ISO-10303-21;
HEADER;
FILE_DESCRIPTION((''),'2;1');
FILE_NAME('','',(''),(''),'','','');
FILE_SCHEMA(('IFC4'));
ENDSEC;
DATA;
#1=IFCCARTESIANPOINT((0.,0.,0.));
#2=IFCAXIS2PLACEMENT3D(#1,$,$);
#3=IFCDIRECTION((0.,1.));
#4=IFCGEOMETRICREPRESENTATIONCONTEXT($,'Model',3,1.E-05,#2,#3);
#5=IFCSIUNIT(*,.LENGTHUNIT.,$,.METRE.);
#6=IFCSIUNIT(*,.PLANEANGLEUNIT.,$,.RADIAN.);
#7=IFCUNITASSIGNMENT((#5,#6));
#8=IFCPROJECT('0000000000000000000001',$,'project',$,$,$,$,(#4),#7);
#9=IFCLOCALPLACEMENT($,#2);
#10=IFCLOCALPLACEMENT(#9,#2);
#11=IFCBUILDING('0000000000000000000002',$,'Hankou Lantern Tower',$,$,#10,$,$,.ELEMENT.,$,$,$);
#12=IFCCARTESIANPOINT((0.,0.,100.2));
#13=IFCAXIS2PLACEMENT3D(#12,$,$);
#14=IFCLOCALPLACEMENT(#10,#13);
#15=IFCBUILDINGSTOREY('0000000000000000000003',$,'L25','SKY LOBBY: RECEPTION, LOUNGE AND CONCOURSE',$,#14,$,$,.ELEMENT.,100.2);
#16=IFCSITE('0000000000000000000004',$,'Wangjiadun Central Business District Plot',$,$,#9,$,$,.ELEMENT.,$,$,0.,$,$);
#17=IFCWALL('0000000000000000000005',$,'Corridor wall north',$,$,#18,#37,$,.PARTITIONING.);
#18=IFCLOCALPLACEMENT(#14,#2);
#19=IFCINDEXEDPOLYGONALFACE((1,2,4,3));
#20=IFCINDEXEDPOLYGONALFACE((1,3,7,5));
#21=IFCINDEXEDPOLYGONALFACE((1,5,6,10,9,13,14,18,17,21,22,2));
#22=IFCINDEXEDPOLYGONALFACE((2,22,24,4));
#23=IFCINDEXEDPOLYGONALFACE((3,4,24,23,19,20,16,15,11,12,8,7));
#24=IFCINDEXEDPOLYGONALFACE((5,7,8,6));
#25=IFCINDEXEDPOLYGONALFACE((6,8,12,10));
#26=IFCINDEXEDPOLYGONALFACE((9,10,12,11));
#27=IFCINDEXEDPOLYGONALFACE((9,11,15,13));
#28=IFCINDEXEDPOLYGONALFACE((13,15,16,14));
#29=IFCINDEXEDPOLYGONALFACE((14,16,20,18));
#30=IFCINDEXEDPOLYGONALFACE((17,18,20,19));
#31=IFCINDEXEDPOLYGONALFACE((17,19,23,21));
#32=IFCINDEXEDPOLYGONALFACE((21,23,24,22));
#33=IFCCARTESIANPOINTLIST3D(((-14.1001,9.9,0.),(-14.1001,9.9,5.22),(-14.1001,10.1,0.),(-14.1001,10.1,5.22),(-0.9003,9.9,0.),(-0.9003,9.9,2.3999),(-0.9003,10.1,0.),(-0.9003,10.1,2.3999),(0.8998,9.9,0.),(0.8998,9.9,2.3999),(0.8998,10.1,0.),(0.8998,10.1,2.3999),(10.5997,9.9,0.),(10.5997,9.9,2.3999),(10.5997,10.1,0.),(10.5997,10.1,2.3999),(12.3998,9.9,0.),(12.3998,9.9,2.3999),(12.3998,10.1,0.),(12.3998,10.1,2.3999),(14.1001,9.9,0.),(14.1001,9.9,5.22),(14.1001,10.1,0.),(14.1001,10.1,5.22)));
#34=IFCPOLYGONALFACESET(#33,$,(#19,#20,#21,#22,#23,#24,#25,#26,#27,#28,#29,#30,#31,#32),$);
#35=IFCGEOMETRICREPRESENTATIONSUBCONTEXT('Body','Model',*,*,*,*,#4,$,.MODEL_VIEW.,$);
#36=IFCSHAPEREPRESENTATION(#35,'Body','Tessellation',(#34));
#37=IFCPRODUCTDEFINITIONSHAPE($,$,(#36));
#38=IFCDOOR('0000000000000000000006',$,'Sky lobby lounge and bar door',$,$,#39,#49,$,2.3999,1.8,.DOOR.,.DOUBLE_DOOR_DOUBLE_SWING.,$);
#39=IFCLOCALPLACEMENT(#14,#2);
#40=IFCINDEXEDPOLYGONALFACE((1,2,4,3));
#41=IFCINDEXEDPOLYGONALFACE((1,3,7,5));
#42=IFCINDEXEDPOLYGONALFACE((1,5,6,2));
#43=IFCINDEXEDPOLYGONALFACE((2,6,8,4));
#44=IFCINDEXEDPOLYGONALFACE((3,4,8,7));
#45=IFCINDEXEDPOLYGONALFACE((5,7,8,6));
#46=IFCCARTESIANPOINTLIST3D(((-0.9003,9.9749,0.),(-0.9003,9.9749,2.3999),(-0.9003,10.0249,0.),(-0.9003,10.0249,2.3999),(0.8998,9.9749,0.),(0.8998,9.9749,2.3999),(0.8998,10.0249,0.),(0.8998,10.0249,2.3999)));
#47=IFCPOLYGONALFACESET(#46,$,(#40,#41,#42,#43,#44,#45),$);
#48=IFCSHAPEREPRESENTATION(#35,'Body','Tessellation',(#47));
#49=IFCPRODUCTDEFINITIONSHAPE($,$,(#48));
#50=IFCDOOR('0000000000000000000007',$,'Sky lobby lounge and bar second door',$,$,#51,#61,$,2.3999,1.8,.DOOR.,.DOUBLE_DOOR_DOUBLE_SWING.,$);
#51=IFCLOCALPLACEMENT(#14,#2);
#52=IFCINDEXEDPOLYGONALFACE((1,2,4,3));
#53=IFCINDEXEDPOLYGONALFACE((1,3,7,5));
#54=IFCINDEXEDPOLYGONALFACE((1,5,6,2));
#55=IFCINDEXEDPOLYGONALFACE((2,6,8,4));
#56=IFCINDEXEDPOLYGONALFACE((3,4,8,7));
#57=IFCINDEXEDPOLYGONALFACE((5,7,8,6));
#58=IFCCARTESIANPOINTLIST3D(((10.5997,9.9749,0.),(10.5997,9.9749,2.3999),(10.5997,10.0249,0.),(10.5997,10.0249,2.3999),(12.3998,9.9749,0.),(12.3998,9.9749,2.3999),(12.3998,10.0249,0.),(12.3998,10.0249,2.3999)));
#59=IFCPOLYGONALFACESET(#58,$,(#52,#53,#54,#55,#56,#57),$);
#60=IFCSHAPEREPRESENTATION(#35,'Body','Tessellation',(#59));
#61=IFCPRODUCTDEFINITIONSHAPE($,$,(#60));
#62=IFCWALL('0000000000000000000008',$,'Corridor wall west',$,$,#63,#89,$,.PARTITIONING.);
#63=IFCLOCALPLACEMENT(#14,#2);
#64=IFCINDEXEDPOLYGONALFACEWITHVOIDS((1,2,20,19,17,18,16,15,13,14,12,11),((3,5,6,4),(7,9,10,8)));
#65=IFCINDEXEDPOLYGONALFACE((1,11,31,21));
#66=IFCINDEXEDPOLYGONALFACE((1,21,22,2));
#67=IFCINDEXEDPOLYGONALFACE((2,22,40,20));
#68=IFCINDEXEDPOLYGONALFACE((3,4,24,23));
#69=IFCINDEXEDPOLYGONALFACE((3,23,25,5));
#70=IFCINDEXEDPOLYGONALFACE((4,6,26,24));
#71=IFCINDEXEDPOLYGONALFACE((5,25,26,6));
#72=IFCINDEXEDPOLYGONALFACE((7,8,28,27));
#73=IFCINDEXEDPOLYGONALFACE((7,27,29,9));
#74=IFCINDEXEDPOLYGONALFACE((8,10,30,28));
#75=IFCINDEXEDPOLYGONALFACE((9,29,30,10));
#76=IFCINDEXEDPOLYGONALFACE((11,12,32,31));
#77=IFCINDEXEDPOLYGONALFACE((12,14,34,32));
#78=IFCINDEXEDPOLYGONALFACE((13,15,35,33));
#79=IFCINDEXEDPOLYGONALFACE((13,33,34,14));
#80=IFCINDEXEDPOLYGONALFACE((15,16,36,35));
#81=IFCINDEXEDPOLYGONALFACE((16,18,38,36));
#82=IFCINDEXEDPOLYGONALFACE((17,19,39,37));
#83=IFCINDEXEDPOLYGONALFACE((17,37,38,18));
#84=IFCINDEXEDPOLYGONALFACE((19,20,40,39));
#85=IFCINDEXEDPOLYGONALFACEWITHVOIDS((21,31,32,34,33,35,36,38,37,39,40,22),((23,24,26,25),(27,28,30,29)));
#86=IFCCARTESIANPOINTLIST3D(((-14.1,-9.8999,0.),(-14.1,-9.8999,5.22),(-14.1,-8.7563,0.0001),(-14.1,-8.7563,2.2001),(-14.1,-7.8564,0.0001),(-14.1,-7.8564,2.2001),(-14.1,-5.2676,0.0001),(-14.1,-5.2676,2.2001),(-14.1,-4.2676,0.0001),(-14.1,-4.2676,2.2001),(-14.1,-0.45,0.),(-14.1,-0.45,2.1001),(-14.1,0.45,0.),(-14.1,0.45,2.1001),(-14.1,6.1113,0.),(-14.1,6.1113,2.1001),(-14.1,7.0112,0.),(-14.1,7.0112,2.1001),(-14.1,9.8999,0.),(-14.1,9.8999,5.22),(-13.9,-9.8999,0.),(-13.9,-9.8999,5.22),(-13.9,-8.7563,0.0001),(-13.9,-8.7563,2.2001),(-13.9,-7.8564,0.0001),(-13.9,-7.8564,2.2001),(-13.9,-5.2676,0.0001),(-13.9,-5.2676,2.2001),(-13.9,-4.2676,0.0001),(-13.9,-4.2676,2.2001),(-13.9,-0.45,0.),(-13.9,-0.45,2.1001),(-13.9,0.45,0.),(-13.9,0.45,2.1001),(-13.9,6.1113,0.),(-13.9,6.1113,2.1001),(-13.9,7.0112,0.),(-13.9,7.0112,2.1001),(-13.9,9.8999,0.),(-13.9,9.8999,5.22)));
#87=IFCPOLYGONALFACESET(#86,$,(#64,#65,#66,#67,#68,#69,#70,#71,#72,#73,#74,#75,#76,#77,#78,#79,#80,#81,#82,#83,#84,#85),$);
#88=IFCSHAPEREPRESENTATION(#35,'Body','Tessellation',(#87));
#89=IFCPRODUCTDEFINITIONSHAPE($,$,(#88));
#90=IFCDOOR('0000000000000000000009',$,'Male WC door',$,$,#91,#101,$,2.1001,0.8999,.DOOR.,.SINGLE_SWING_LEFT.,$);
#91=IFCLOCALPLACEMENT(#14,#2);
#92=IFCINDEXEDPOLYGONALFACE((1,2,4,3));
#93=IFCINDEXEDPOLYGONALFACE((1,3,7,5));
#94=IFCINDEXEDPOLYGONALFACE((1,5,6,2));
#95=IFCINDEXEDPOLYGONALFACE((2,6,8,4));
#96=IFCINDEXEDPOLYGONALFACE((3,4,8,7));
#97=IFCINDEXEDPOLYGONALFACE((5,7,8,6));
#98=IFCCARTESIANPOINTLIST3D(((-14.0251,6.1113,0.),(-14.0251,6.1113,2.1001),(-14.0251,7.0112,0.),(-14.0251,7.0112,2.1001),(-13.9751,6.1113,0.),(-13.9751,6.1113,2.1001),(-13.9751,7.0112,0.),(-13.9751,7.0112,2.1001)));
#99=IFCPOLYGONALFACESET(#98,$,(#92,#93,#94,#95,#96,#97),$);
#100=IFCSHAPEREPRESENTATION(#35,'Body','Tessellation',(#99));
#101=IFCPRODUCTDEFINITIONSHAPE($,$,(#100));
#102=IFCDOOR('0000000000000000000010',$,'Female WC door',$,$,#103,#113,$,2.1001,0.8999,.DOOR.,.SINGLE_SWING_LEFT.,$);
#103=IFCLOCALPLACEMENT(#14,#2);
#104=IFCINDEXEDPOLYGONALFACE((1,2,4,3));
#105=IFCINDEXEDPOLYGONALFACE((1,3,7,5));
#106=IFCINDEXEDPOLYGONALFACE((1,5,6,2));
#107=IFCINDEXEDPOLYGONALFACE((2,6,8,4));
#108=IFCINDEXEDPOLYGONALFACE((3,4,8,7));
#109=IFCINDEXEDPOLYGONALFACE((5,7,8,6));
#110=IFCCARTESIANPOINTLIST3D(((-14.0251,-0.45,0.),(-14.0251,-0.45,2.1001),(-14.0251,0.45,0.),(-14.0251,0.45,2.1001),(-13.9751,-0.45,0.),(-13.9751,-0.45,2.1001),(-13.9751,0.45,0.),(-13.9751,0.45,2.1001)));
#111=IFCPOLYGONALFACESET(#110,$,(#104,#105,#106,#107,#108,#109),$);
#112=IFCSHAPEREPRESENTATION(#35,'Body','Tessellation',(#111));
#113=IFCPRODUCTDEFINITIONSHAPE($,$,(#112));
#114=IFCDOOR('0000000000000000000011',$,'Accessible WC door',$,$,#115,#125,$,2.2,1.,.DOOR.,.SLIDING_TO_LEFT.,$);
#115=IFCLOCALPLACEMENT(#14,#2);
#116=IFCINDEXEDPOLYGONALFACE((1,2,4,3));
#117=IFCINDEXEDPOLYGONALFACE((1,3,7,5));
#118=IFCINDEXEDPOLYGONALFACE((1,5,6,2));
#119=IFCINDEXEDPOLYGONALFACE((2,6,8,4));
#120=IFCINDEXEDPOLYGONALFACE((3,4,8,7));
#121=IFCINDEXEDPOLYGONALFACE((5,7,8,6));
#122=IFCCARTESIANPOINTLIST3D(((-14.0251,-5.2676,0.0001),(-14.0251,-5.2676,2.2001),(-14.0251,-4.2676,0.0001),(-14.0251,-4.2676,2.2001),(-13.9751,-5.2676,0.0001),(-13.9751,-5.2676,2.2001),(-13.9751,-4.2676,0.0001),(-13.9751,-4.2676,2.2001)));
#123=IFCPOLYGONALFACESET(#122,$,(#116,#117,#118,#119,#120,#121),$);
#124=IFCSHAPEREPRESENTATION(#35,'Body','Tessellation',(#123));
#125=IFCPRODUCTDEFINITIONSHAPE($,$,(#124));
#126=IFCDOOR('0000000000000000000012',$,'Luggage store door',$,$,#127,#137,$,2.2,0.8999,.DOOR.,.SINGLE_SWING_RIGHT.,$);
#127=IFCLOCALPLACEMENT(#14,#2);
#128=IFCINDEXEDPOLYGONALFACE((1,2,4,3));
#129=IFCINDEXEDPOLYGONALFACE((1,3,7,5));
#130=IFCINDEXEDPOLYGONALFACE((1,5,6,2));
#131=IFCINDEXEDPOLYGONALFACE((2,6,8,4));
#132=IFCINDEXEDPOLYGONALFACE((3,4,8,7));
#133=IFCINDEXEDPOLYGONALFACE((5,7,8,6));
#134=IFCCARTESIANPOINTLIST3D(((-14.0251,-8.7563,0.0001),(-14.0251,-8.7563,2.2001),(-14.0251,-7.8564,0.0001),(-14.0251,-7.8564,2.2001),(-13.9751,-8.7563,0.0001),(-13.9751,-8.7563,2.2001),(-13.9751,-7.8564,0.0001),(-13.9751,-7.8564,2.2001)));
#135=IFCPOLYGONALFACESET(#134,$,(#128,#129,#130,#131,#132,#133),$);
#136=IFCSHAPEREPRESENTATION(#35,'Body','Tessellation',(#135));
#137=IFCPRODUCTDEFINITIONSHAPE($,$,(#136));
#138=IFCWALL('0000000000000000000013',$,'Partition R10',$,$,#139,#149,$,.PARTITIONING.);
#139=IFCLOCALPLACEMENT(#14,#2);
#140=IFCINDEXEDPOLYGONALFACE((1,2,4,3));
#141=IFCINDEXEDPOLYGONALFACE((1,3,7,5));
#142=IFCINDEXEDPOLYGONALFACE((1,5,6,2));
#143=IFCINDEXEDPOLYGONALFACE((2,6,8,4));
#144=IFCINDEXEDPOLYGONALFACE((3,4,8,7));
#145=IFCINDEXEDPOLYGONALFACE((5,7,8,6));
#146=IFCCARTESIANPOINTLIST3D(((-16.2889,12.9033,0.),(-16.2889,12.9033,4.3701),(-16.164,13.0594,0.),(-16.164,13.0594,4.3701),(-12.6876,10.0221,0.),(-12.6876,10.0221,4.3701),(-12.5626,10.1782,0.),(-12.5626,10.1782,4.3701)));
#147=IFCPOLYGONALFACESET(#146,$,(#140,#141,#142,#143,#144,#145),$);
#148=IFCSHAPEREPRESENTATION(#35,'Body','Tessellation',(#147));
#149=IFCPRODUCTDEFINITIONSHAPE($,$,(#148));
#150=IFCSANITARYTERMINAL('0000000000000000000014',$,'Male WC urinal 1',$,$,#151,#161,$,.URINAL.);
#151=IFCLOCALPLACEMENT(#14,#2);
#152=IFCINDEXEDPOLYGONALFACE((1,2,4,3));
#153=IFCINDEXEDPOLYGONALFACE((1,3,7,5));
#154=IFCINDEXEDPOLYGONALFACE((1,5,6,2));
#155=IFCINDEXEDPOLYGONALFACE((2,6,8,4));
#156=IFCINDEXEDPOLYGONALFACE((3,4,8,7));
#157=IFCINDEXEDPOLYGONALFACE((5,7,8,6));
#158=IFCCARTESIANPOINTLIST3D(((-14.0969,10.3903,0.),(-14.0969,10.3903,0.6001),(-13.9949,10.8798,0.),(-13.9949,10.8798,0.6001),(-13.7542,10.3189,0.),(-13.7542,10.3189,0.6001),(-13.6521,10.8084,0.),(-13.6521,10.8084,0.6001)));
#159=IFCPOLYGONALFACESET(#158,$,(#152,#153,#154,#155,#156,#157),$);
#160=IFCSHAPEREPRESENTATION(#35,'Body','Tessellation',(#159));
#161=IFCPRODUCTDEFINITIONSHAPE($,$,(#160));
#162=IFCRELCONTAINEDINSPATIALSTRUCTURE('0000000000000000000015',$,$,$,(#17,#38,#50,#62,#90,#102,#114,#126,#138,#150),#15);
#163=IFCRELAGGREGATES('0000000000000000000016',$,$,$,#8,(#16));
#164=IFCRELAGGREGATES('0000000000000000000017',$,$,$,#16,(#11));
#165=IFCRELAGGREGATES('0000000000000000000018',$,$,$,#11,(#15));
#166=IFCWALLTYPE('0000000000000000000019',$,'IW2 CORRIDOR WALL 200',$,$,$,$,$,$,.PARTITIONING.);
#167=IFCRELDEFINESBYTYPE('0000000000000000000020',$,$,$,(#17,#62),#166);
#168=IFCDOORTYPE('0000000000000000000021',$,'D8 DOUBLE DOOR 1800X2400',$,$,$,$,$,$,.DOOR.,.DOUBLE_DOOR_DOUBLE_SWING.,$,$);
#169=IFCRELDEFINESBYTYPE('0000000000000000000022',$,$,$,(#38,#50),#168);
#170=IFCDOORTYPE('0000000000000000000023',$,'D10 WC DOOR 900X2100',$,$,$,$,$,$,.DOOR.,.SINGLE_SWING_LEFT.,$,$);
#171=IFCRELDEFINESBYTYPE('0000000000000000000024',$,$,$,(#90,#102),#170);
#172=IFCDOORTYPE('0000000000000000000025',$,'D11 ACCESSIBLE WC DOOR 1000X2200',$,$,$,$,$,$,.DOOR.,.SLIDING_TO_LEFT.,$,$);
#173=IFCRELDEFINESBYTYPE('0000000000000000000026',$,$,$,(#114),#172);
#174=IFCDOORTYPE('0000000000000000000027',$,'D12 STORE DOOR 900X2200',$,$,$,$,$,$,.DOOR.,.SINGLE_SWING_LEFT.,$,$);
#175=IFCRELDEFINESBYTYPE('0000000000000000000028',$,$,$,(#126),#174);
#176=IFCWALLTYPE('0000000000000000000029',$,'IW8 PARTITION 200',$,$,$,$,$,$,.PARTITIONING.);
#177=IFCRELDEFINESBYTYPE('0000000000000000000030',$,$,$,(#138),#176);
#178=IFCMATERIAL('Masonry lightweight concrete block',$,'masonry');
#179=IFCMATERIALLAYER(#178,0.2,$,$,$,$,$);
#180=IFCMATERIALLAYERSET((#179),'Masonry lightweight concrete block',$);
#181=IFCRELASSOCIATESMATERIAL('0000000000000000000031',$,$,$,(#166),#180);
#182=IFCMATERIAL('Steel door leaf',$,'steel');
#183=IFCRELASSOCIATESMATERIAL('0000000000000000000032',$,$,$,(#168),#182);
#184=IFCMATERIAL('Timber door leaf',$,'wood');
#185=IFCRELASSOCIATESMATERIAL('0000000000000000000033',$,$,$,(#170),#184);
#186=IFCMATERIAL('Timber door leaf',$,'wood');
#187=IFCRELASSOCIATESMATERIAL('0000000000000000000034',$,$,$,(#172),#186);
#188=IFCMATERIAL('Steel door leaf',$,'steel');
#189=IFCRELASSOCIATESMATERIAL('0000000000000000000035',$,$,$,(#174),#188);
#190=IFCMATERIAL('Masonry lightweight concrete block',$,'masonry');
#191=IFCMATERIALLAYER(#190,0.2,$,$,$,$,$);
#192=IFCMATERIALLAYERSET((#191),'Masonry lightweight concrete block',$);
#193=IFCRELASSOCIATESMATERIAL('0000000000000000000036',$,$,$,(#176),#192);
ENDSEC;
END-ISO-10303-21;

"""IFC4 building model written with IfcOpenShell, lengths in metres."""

from ifc_helpers import new_model, si_unit, direction, frame, frame_2d, origin, origin_2d, place, context, subcontext, project, spatial, rectangle, extrude, material, layer, layer_set, type_object, element, fill, save


model = new_model("IFC4")

# Units and contexts
model_context = context("Model", 3, precision=1e-05, world=origin(), true_north=direction((0.0, 1.0)))
body_context = subcontext(model_context, "Body", "Model", "MODEL_VIEW")
ifc_project = project(units=[si_unit("LENGTHUNIT", "METRE"), si_unit("PLANEANGLEUNIT", "RADIAN")], contexts=[model_context])

# Site, building, storey
site_placement = place(None, origin())
site = spatial("IfcSite", under=ifc_project, at=site_placement, Name="Wangjiadun Central Business District Plot", CompositionType="ELEMENT", RefElevation=0.0)
building_placement = place(site_placement, origin())
building = spatial("IfcBuilding", under=site, at=building_placement, Name="Hankou Lantern Tower", CompositionType="ELEMENT")
storey_placement = place(building_placement, frame((0.0, 0.0, 100.2)))
storey = spatial("IfcBuildingStorey", under=building, at=storey_placement, Name="L25", Description="SKY LOBBY: RECEPTION, LOUNGE AND CONCOURSE", CompositionType="ELEMENT", Elevation=100.2)

# Walls, openings, doors
ifc_material_1 = material(Name="Masonry lightweight concrete block", Category="masonry")
ifc_layer_1 = layer(ifc_material_1, 0.2)
ifc_layer_set_1 = layer_set([ifc_layer_1], Name="Masonry lightweight concrete block")
wall_type_1 = type_object("IfcWallType", Name="IW2 CORRIDOR WALL 200", PredefinedType="PARTITIONING", material=ifc_layer_set_1)
wall_1_placement = place(storey_placement, frame((-14.1001, 10.0, 0.0), z_axis=(0.0, 0.0, 1.0), x_axis=(1.0, 0.0, 0.0)))
wall_1 = element("IfcWall", 1, at=wall_1_placement, inside=storey, type_object=wall_type_1, Name="Corridor wall north", PredefinedType="PARTITIONING", context=body_context, shape_type="SweptSolid", body=[
    extrude(rectangle(XDim=28.2002, YDim=0.2, at=frame_2d((14.1001, 0.0))), origin(), (0.0, 0.0, 1.0), 5.22),
])
opening_1_placement = place(wall_1_placement, frame((13.2, 0.0, 0.0)))
opening_1 = element("IfcOpeningElement", 2, at=opening_1_placement, cuts=wall_1, PredefinedType="OPENING", context=body_context, shape_type="SweptSolid", body=[
    extrude(rectangle(XDim=1.8, YDim=2.3999, at=frame_2d((0.8999, 1.2))), frame((0.0, 0.1099, 0.0), z_axis=(0.0, -1.0, 0.0), x_axis=(1.0, 0.0, 0.0)), (0.0, 0.0, 1.0), 0.22),
])
opening_2_placement = place(wall_1_placement, frame((24.7, 0.0, 0.0)))
opening_2 = element("IfcOpeningElement", 3, at=opening_2_placement, cuts=wall_1, PredefinedType="OPENING", context=body_context, shape_type="SweptSolid", body=[
    extrude(rectangle(XDim=1.8, YDim=2.3999, at=frame_2d((0.8999, 1.2))), frame((0.0, 0.1099, 0.0), z_axis=(0.0, -1.0, 0.0), x_axis=(1.0, 0.0, 0.0)), (0.0, 0.0, 1.0), 0.22),
])
ifc_material_2 = material(Name="Steel door leaf", Category="steel")
door_type_1 = type_object("IfcDoorType", Name="D8 DOUBLE DOOR 1800X2400", OperationType="DOUBLE_DOOR_DOUBLE_SWING", PredefinedType="DOOR", material=ifc_material_2)
door_1_placement = place(opening_1_placement, origin())
door_1 = element("IfcDoor", 4, at=door_1_placement, inside=storey, type_object=door_type_1, Name="Sky lobby lounge and bar door", OperationType="DOUBLE_DOOR_DOUBLE_SWING", OverallHeight=2.3999, OverallWidth=1.8, PredefinedType="DOOR", context=body_context, shape_type="SweptSolid", body=[
    extrude(rectangle(XDim=1.8, YDim=2.3999, at=frame_2d((0.8999, 1.2))), frame((0.0, 0.0249, 0.0), z_axis=(0.0, -1.0, 0.0), x_axis=(1.0, 0.0, 0.0)), (0.0, 0.0, 1.0), 0.05),
])
fill(opening_1, door_1)
door_2_placement = place(opening_2_placement, origin())
door_2 = element("IfcDoor", 5, at=door_2_placement, inside=storey, type_object=door_type_1, Name="Sky lobby lounge and bar second door", OperationType="DOUBLE_DOOR_DOUBLE_SWING", OverallHeight=2.3999, OverallWidth=1.8, PredefinedType="DOOR", context=body_context, shape_type="SweptSolid", body=[
    extrude(rectangle(XDim=1.8, YDim=2.3999, at=frame_2d((0.8999, 1.2))), frame((0.0, 0.0249, 0.0), z_axis=(0.0, -1.0, 0.0), x_axis=(1.0, 0.0, 0.0)), (0.0, 0.0, 1.0), 0.05),
])
fill(opening_2, door_2)
wall_2_placement = place(storey_placement, frame((-14.0, 9.8999, 0.0), z_axis=(0.0, 0.0, 1.0), x_axis=(0.0, -1.0, 0.0)))
wall_2 = element("IfcWall", 6, at=wall_2_placement, inside=storey, type_object=wall_type_1, Name="Corridor wall west", PredefinedType="PARTITIONING", context=body_context, shape_type="SweptSolid", body=[
    extrude(rectangle(XDim=19.7998, YDim=0.2, at=frame_2d((9.8999, 0.0))), origin(), (0.0, 0.0, 1.0), 5.22),
])
opening_3_placement = place(wall_2_placement, frame((2.8887, 0.0, 0.0)))
opening_3 = element("IfcOpeningElement", 7, at=opening_3_placement, cuts=wall_2, PredefinedType="OPENING", context=body_context, shape_type="SweptSolid", body=[
    extrude(rectangle(XDim=0.8999, YDim=2.1001, at=frame_2d((0.45, 1.05))), frame((0.0, 0.1099, 0.0), z_axis=(0.0, -1.0, 0.0), x_axis=(1.0, 0.0, 0.0)), (0.0, 0.0, 1.0), 0.22),
])
opening_4_placement = place(wall_2_placement, frame((9.45, 0.0, 0.0)))
opening_4 = element("IfcOpeningElement", 8, at=opening_4_placement, cuts=wall_2, PredefinedType="OPENING", context=body_context, shape_type="SweptSolid", body=[
    extrude(rectangle(XDim=0.8999, YDim=2.1001, at=frame_2d((0.45, 1.05))), frame((0.0, 0.1099, 0.0), z_axis=(0.0, -1.0, 0.0), x_axis=(1.0, 0.0, 0.0)), (0.0, 0.0, 1.0), 0.22),
])
opening_5_placement = place(wall_2_placement, frame((14.1675, 0.0, 0.0)))
opening_5 = element("IfcOpeningElement", 9, at=opening_5_placement, cuts=wall_2, PredefinedType="OPENING", context=body_context, shape_type="SweptSolid", body=[
    extrude(rectangle(XDim=1.0, YDim=2.2, at=frame_2d((0.5, 1.1001))), frame((0.0, 0.1099, 0.0), z_axis=(0.0, -1.0, 0.0), x_axis=(1.0, 0.0, 0.0)), (0.0, 0.0, 1.0), 0.22),
])
opening_6_placement = place(wall_2_placement, frame((17.7563, 0.0, 0.0)))
opening_6 = element("IfcOpeningElement", 10, at=opening_6_placement, cuts=wall_2, PredefinedType="OPENING", context=body_context, shape_type="SweptSolid", body=[
    extrude(rectangle(XDim=0.8999, YDim=2.2, at=frame_2d((0.45, 1.1001))), frame((0.0, 0.1099, 0.0), z_axis=(0.0, -1.0, 0.0), x_axis=(1.0, 0.0, 0.0)), (0.0, 0.0, 1.0), 0.22),
])
ifc_material_3 = material(Name="Timber door leaf", Category="wood")
door_type_2 = type_object("IfcDoorType", Name="D10 WC DOOR 900X2100", OperationType="SINGLE_SWING_LEFT", PredefinedType="DOOR", material=ifc_material_3)
door_3_placement = place(opening_3_placement, origin())
door_3 = element("IfcDoor", 11, at=door_3_placement, inside=storey, type_object=door_type_2, Name="Male WC door", OperationType="SINGLE_SWING_LEFT", OverallHeight=2.1001, OverallWidth=0.8999, PredefinedType="DOOR", context=body_context, shape_type="SweptSolid", body=[
    extrude(rectangle(XDim=0.8999, YDim=2.1001, at=frame_2d((0.45, 1.05))), frame((0.0, 0.0249, 0.0), z_axis=(0.0, -1.0, 0.0), x_axis=(1.0, 0.0, 0.0)), (0.0, 0.0, 1.0), 0.05),
])
fill(opening_3, door_3)
door_4_placement = place(opening_4_placement, origin())
door_4 = element("IfcDoor", 12, at=door_4_placement, inside=storey, type_object=door_type_2, Name="Female WC door", OperationType="SINGLE_SWING_LEFT", OverallHeight=2.1001, OverallWidth=0.8999, PredefinedType="DOOR", context=body_context, shape_type="SweptSolid", body=[
    extrude(rectangle(XDim=0.8999, YDim=2.1001, at=frame_2d((0.45, 1.05))), frame((0.0, 0.0249, 0.0), z_axis=(0.0, -1.0, 0.0), x_axis=(1.0, 0.0, 0.0)), (0.0, 0.0, 1.0), 0.05),
])
fill(opening_4, door_4)
ifc_material_4 = material(Name="Timber door leaf", Category="wood")
door_type_3 = type_object("IfcDoorType", Name="D11 ACCESSIBLE WC DOOR 1000X2200", OperationType="SLIDING_TO_LEFT", PredefinedType="DOOR", material=ifc_material_4)
door_5_placement = place(opening_5_placement, origin())
door_5 = element("IfcDoor", 13, at=door_5_placement, inside=storey, type_object=door_type_3, Name="Accessible WC door", OperationType="SLIDING_TO_LEFT", OverallHeight=2.2, OverallWidth=1.0, PredefinedType="DOOR", context=body_context, shape_type="SweptSolid", body=[
    extrude(rectangle(XDim=1.0, YDim=2.2, at=frame_2d((0.5, 1.1001))), frame((0.0, 0.0249, 0.0), z_axis=(0.0, -1.0, 0.0), x_axis=(1.0, 0.0, 0.0)), (0.0, 0.0, 1.0), 0.05),
])
fill(opening_5, door_5)
ifc_material_5 = material(Name="Steel door leaf", Category="steel")
door_type_4 = type_object("IfcDoorType", Name="D12 STORE DOOR 900X2200", OperationType="SINGLE_SWING_LEFT", PredefinedType="DOOR", material=ifc_material_5)
door_6_placement = place(opening_6_placement, origin())
door_6 = element("IfcDoor", 14, at=door_6_placement, inside=storey, type_object=door_type_4, Name="Luggage store door", OperationType="SINGLE_SWING_RIGHT", OverallHeight=2.2, OverallWidth=0.8999, PredefinedType="DOOR", context=body_context, shape_type="SweptSolid", body=[
    extrude(rectangle(XDim=0.8999, YDim=2.2, at=frame_2d((0.45, 1.1001))), frame((0.0, 0.0249, 0.0), z_axis=(0.0, -1.0, 0.0), x_axis=(1.0, 0.0, 0.0)), (0.0, 0.0, 1.0), 0.05),
])
fill(opening_6, door_6)

# Wall
ifc_material_6 = material(Name="Masonry lightweight concrete block", Category="masonry")
ifc_layer_2 = layer(ifc_material_6, 0.2)
ifc_layer_set_2 = layer_set([ifc_layer_2], Name="Masonry lightweight concrete block")
wall_type_2 = type_object("IfcWallType", Name="IW8 PARTITION 200", PredefinedType="PARTITIONING", material=ifc_layer_set_2)
wall_3_placement = place(storey_placement, frame((-12.625, 10.1001, 0.0), z_axis=(0.0, 0.0, 1.0), x_axis=(-0.780864, 0.624702, 0.0)))
element("IfcWall", 15, at=wall_3_placement, inside=storey, type_object=wall_type_2, Name="Partition R10", PredefinedType="PARTITIONING", context=body_context, shape_type="SweptSolid", body=[
    extrude(rectangle(XDim=4.6121, YDim=0.2, at=frame_2d((2.3062, 0.0))), origin(), (0.0, 0.0, 1.0), 4.3701),
])

# Sanitary terminal
sanitary_terminal_placement = place(storey_placement, frame((-13.8745, 10.5994, 0.0), z_axis=(0.0, 0.0, 1.0), x_axis=(-0.204023, -0.978966, 0.0)))
element("IfcSanitaryTerminal", 16, at=sanitary_terminal_placement, inside=storey, Name="Male WC urinal 1", PredefinedType="URINAL", context=body_context, shape_type="SweptSolid", body=[
    extrude(rectangle(XDim=0.5, YDim=0.3501, at=origin_2d()), origin(), (0.0, 0.0, 1.0), 0.6001),
])

save(model, "model.ifc")
